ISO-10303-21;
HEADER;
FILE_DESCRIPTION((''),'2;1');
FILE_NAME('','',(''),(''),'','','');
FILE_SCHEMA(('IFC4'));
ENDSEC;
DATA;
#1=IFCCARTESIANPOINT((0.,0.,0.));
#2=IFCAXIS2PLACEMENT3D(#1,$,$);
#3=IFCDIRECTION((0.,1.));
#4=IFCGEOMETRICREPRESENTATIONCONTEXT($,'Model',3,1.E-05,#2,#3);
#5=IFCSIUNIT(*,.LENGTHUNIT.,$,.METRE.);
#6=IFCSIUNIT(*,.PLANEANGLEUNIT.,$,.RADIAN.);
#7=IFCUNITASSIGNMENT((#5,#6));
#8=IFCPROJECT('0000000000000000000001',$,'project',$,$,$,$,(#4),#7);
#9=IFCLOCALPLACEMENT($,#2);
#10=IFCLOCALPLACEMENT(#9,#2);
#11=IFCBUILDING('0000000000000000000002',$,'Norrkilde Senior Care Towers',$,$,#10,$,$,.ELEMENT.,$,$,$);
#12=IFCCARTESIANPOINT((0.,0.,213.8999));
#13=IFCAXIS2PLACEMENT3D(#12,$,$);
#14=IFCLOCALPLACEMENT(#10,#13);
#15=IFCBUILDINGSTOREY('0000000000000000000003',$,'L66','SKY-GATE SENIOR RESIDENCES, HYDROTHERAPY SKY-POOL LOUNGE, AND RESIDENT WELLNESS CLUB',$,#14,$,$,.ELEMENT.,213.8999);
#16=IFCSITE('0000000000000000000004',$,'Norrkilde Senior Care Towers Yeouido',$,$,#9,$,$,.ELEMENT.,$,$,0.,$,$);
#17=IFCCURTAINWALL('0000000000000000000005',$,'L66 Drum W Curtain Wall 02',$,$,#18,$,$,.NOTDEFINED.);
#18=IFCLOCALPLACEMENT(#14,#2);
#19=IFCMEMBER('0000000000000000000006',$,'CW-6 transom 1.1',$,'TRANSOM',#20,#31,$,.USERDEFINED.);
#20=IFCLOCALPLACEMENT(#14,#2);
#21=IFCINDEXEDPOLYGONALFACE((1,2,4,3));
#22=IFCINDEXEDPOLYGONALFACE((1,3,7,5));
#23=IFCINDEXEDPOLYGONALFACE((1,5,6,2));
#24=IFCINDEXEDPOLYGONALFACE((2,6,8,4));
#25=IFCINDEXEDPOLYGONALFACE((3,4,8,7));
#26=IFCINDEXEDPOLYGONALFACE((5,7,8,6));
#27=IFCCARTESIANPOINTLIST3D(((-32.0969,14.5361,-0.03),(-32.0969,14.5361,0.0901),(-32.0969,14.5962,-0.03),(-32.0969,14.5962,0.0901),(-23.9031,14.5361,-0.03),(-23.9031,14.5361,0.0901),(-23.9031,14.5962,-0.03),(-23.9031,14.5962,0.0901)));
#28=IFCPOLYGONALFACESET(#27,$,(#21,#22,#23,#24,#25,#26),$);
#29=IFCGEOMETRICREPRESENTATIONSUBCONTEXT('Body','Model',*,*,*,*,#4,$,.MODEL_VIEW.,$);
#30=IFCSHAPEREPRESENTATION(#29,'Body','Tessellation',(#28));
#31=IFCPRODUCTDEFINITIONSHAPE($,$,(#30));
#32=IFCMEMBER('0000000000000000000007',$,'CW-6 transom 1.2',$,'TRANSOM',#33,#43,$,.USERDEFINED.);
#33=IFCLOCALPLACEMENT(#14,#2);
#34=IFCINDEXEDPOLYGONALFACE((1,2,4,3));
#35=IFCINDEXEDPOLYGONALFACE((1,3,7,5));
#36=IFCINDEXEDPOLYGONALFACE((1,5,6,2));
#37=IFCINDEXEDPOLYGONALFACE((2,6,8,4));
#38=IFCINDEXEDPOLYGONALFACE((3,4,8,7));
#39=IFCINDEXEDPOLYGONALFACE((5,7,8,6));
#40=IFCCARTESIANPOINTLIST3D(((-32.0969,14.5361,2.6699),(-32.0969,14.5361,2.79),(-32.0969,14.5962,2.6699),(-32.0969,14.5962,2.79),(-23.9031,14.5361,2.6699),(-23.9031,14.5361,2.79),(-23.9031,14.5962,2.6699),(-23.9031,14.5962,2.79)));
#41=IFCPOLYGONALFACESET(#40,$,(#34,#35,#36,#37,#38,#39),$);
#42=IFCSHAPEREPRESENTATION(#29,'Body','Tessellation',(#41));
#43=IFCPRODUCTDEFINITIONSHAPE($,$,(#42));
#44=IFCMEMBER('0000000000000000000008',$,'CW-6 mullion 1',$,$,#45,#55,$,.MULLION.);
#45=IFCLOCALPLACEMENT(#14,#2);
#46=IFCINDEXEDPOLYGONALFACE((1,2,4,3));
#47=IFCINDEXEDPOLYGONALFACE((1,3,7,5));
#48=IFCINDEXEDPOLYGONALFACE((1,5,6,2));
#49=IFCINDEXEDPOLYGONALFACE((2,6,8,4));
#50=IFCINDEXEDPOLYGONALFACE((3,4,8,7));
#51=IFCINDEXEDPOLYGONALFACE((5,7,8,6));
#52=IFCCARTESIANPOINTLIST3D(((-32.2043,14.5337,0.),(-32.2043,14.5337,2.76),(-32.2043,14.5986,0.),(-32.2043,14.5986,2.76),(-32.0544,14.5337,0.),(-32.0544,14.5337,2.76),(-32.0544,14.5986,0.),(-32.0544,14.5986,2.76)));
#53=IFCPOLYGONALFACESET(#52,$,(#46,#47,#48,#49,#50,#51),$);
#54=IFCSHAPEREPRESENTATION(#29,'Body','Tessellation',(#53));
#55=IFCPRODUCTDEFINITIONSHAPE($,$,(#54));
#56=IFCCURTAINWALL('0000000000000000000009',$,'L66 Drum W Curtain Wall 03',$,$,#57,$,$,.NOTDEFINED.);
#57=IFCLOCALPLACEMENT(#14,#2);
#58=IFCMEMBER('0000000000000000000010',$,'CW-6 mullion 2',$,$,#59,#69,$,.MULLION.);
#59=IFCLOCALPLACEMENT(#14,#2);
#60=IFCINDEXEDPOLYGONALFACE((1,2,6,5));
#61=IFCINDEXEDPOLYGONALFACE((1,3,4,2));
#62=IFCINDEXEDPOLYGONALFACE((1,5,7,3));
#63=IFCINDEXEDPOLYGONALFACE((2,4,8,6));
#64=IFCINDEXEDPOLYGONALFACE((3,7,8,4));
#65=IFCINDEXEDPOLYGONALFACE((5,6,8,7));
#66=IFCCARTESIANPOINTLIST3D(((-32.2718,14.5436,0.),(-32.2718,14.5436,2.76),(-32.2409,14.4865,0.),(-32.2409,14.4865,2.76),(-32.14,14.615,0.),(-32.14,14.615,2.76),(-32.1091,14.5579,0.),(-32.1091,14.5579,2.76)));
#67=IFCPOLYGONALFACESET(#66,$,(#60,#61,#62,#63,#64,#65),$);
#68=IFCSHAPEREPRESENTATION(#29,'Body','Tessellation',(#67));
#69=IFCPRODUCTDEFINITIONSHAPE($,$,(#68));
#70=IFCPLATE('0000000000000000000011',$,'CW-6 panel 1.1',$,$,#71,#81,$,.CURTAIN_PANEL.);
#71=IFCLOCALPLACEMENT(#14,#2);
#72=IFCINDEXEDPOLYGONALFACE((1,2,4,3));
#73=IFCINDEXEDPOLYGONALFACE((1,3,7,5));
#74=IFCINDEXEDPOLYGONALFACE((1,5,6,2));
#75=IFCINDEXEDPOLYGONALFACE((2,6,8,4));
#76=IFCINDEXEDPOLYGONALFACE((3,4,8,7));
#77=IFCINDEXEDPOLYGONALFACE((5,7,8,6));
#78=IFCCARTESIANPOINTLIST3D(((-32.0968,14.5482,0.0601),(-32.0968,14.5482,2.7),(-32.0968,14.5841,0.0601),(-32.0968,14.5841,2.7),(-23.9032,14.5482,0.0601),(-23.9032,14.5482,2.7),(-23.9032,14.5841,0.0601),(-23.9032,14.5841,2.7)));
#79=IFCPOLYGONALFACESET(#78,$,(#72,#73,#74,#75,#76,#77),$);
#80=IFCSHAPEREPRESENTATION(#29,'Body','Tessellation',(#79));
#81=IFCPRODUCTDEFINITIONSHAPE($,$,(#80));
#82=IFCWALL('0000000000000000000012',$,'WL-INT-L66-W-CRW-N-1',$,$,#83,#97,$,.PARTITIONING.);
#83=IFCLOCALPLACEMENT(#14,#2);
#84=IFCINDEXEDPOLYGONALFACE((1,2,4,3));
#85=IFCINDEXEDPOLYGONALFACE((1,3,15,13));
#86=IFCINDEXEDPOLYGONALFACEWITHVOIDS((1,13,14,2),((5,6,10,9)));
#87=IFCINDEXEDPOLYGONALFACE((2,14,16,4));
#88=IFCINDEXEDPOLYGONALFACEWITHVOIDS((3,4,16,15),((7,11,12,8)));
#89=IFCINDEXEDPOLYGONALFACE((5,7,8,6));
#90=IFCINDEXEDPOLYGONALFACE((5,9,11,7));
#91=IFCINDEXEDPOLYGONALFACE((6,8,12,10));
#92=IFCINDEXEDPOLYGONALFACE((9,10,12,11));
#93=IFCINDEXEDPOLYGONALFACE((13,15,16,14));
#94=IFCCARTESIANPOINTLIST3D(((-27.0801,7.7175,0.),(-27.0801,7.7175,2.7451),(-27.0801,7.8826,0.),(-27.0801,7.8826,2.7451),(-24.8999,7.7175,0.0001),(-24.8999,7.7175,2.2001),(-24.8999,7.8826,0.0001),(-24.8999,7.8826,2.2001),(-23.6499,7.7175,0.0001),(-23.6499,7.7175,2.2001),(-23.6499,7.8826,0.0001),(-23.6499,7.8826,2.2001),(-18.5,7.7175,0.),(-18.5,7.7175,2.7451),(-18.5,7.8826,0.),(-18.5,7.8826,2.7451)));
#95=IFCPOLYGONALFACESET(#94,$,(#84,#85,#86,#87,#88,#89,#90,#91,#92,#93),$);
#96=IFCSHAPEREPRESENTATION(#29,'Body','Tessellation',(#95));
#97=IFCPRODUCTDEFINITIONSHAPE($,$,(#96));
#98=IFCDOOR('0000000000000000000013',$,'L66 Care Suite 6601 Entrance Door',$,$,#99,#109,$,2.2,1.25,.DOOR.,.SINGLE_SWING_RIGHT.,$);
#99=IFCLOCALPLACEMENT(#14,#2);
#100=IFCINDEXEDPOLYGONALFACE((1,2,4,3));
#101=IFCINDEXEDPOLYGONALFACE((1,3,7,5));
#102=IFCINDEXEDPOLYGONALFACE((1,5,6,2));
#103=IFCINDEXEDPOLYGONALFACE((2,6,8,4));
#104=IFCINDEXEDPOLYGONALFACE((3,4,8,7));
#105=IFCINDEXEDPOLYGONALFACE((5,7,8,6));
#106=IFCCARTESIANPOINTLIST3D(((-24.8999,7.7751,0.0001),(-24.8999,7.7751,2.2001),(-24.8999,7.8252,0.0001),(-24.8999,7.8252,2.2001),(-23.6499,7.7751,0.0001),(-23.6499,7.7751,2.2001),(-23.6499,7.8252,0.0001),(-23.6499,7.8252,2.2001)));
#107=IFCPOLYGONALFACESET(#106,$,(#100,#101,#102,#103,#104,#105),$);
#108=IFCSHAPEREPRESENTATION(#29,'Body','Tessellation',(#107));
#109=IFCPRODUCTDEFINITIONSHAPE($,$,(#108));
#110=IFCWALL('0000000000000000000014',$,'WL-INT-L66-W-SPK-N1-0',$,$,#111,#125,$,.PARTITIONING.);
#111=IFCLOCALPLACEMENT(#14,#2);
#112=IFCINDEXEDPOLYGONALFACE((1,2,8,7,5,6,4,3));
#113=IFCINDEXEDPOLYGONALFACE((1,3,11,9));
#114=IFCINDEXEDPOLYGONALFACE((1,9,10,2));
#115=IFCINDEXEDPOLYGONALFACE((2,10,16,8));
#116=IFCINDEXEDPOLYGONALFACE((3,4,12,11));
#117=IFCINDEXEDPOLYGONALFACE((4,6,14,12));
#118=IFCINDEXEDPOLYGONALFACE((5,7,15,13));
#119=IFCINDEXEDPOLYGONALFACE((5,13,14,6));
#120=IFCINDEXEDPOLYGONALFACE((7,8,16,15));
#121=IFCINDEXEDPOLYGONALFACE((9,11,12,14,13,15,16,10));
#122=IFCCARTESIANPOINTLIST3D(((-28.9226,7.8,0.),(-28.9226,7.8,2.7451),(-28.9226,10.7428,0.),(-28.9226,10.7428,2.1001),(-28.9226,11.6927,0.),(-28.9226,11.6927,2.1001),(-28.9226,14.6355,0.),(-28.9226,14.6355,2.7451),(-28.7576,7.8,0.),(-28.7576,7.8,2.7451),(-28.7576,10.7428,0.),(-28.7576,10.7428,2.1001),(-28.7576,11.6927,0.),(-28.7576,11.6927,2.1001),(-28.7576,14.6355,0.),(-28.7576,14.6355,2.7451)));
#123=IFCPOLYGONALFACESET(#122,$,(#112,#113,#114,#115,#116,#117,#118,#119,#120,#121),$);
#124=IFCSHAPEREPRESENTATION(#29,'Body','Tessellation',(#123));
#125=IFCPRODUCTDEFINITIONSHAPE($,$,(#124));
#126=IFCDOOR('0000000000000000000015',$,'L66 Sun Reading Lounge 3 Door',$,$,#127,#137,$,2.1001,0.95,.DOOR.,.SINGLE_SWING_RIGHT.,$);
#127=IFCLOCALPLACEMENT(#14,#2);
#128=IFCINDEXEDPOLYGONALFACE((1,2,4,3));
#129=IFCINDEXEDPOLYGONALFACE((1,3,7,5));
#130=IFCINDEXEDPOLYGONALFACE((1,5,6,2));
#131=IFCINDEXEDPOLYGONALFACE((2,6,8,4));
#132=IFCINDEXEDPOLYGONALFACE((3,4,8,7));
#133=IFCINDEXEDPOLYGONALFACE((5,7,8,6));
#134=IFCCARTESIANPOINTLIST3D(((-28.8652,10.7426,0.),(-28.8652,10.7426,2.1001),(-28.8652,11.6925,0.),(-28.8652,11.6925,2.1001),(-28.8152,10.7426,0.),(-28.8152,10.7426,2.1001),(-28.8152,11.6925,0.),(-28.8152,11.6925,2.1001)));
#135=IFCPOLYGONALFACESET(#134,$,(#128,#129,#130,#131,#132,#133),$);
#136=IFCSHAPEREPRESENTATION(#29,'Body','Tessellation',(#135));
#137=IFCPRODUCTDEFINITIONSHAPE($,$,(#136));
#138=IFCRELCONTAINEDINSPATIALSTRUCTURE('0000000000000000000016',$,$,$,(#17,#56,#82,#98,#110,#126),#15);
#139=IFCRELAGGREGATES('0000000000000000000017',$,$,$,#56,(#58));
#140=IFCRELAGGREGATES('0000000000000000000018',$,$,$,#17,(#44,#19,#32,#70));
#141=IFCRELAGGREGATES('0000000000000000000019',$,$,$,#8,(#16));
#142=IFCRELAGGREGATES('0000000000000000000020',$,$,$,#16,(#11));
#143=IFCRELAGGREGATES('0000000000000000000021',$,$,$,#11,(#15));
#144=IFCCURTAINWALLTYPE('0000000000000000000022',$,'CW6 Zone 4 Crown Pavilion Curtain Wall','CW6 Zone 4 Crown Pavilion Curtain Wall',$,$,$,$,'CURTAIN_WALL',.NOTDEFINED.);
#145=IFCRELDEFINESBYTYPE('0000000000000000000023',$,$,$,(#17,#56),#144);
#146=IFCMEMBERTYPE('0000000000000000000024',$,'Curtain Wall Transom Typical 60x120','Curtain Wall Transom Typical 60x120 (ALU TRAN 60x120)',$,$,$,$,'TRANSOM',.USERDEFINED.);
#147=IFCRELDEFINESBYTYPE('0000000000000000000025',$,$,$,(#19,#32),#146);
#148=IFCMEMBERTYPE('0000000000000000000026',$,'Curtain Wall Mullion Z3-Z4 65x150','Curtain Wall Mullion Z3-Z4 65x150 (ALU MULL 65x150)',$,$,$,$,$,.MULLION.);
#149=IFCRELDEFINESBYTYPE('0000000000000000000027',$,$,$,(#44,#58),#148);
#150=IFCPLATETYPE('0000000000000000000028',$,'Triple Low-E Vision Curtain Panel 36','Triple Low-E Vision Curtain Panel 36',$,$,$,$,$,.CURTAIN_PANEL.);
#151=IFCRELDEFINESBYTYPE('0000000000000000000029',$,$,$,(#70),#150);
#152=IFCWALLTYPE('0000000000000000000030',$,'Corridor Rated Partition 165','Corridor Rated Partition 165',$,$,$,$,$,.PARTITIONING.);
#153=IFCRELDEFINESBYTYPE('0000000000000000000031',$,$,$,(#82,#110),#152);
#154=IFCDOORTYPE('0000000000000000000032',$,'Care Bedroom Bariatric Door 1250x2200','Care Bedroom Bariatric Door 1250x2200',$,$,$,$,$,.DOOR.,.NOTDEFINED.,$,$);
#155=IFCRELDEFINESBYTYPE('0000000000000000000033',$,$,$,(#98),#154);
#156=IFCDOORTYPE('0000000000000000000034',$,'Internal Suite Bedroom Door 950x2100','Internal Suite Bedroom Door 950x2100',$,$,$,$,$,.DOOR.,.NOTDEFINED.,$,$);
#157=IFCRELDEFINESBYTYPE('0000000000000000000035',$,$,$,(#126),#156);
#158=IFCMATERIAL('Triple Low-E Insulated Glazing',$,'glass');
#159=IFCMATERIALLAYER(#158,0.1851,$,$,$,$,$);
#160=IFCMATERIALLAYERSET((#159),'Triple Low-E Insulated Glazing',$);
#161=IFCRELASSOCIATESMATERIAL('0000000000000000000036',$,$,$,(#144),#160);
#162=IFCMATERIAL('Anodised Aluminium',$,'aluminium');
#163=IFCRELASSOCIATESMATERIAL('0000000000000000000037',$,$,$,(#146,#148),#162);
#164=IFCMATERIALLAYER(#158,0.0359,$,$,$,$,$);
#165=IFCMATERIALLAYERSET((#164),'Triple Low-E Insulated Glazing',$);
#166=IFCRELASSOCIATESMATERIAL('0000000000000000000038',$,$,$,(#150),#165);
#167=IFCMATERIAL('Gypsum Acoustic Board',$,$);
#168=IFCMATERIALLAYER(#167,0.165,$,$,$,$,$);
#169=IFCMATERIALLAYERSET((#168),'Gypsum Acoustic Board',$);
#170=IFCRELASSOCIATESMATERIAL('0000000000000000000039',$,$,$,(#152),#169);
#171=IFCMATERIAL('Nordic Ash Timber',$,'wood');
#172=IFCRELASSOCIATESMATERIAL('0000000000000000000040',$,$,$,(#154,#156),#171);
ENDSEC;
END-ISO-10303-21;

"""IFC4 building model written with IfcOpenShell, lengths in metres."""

from ifc_helpers import new_model, si_unit, direction, frame, frame_2d, origin, origin_2d, place, context, subcontext, project, spatial, rectangle, extrude, source, transform, mapped, material, layer, layer_set, material_profile, profile_set, type_object, type_shapes, element, fill, aggregate, save


model = new_model("IFC4")

# Units and contexts
model_context = context("Model", 3, precision=1e-05, world=origin(), true_north=direction((0.0, 1.0)))
body_context = subcontext(model_context, "Body", "Model", "MODEL_VIEW")
ifc_project = project(units=[si_unit("LENGTHUNIT", "METRE"), si_unit("PLANEANGLEUNIT", "RADIAN")], contexts=[model_context])

# Site, building, storey
site_placement = place(None, origin())
site = spatial("IfcSite", under=ifc_project, at=site_placement, Name="Norrkilde Senior Care Towers Yeouido", CompositionType="ELEMENT", RefElevation=0.0)
building_placement = place(site_placement, origin())
building = spatial("IfcBuilding", under=site, at=building_placement, Name="Norrkilde Senior Care Towers", CompositionType="ELEMENT")
storey_placement = place(building_placement, frame((0.0, 0.0, 213.8999)))
storey = spatial("IfcBuildingStorey", under=building, at=storey_placement, Name="L66", Description="SKY-GATE SENIOR RESIDENCES, HYDROTHERAPY SKY-POOL LOUNGE, AND RESIDENT WELLNESS CLUB", CompositionType="ELEMENT", Elevation=213.8999)

# Curtain wall, members
ifc_material_1 = material(Name="Triple Low-E Insulated Glazing", Category="glass")
ifc_layer_1 = layer(ifc_material_1, 0.1851)
ifc_layer_set_1 = layer_set([ifc_layer_1], Name="Triple Low-E Insulated Glazing")
curtain_wall_type = type_object("IfcCurtainWallType", Name="CW6 Zone 4 Crown Pavilion Curtain Wall", Description="CW6 Zone 4 Crown Pavilion Curtain Wall", ElementType="CURTAIN_WALL", PredefinedType="NOTDEFINED", material=ifc_layer_set_1)
curtain_wall_1_placement = place(storey_placement, origin())
curtain_wall_1 = element("IfcCurtainWall", 1, at=curtain_wall_1_placement, inside=storey, type_object=curtain_wall_type, Name="L66 Drum W Curtain Wall 02", PredefinedType="NOTDEFINED")
ifc_material_2 = material(Name="Anodised Aluminium", Category="aluminium")
ifc_material_profile_1 = material_profile(ifc_material_2, rectangle(XDim=0.0601, YDim=0.1201, at=origin_2d()), Name="ALU TRAN 60x120")
ifc_profile_set_1 = profile_set([ifc_material_profile_1], Name="Anodised Aluminium")
member_type_1 = type_object("IfcMemberType", Name="Curtain Wall Transom Typical 60x120", Description="Curtain Wall Transom Typical 60x120 (ALU TRAN 60x120)", ElementType="TRANSOM", PredefinedType="USERDEFINED", material=ifc_profile_set_1)
shared_shape_1 = source(origin(), body_context, "Body", "SweptSolid", [
    extrude(rectangle(XDim=0.0601, YDim=0.1201, at=origin_2d()), origin(), (0.0, 0.0, 1.0), 8.1938),
])
type_shapes(member_type_1, [shared_shape_1])
member_1_placement = place(storey_placement, frame((-32.0969, 14.5662, 0.03), z_axis=(1.0, 0.0, 0.0), x_axis=(0.0, 1.0, 0.0)))
member_1 = element("IfcMember", 2, at=member_1_placement, type_object=member_type_1, Name="CW-6 transom 1.1", ObjectType="TRANSOM", PredefinedType="USERDEFINED", context=body_context, shape_type="MappedRepresentation", body=[
    mapped(shared_shape_1, transform((0.0, 0.0, 0.0), x_axis=(1.0, 0.0, 0.0), y_axis=(0.0, 1.0, 0.0), z_axis=(0.0, 0.0, 1.0), scale=1.0)),
])
member_2_placement = place(storey_placement, frame((-32.0969, 14.5662, 2.73), z_axis=(1.0, 0.0, 0.0), x_axis=(0.0, 1.0, 0.0)))
member_2 = element("IfcMember", 3, at=member_2_placement, type_object=member_type_1, Name="CW-6 transom 1.2", ObjectType="TRANSOM", PredefinedType="USERDEFINED", context=body_context, shape_type="MappedRepresentation", body=[
    mapped(shared_shape_1, transform((0.0, 0.0, 0.0), x_axis=(1.0, 0.0, 0.0), y_axis=(0.0, 1.0, 0.0), z_axis=(0.0, 0.0, 1.0), scale=1.0)),
])
ifc_material_profile_2 = material_profile(ifc_material_2, rectangle(XDim=0.0649, YDim=0.1499, at=origin_2d()), Name="ALU MULL 65x150")
ifc_profile_set_2 = profile_set([ifc_material_profile_2], Name="Anodised Aluminium")
member_type_2 = type_object("IfcMemberType", Name="Curtain Wall Mullion Z3-Z4 65x150", Description="Curtain Wall Mullion Z3-Z4 65x150 (ALU MULL 65x150)", PredefinedType="MULLION", material=ifc_profile_set_2)
shared_shape_2 = source(origin(), body_context, "Body", "SweptSolid", [
    extrude(rectangle(XDim=0.0649, YDim=0.1499, at=origin_2d()), origin(), (0.0, 0.0, 1.0), 2.76),
])
type_shapes(member_type_2, [shared_shape_2])
member_3_placement = place(storey_placement, frame((-32.1294, 14.5662, 0.0), z_axis=(0.0, 0.0, 1.0), x_axis=(0.0, 1.0, 0.0)))
member_3 = element("IfcMember", 4, at=member_3_placement, type_object=member_type_2, Name="CW-6 mullion 1", PredefinedType="MULLION", context=body_context, shape_type="MappedRepresentation", body=[
    mapped(shared_shape_2, transform((0.0, 0.0, 0.0), x_axis=(1.0, 0.0, 0.0), y_axis=(0.0, 1.0, 0.0), z_axis=(0.0, 0.0, 1.0), scale=1.0)),
])

# Curtain wall, member
curtain_wall_2_placement = place(storey_placement, origin())
curtain_wall_2 = element("IfcCurtainWall", 5, at=curtain_wall_2_placement, inside=storey, type_object=curtain_wall_type, Name="L66 Drum W Curtain Wall 03", PredefinedType="NOTDEFINED")
member_4_placement = place(storey_placement, frame((-32.1904, 14.5508, 0.0), z_axis=(0.0, 0.0, 1.0), x_axis=(-0.476133, 0.879373, 0.0)))
member_4 = element("IfcMember", 6, at=member_4_placement, type_object=member_type_2, Name="CW-6 mullion 2", PredefinedType="MULLION", context=body_context, shape_type="MappedRepresentation", body=[
    mapped(shared_shape_2, transform((0.0, 0.0, 0.0), x_axis=(1.0, 0.0, 0.0), y_axis=(0.0, 1.0, 0.0), z_axis=(0.0, 0.0, 1.0), scale=1.0)),
])
aggregate(curtain_wall_2, [member_4])

# Plate
ifc_layer_2 = layer(ifc_material_1, 0.0359)
ifc_layer_set_2 = layer_set([ifc_layer_2], Name="Triple Low-E Insulated Glazing")
plate_type = type_object("IfcPlateType", Name="Triple Low-E Vision Curtain Panel 36", Description="Triple Low-E Vision Curtain Panel 36", PredefinedType="CURTAIN_PANEL", material=ifc_layer_set_2)
shared_shape_3 = source(origin(), body_context, "Body", "SweptSolid", [
    extrude(rectangle(XDim=8.1936, YDim=0.0359, at=origin_2d()), origin(), (0.0, 0.0, 1.0), 2.6399),
])
type_shapes(plate_type, [shared_shape_3])
plate_placement = place(storey_placement, frame((-28.0, 14.5662, 0.0601), z_axis=(0.0, 0.0, 1.0), x_axis=(1.0, 0.0, 0.0)))
plate = element("IfcPlate", 7, at=plate_placement, type_object=plate_type, Name="CW-6 panel 1.1", PredefinedType="CURTAIN_PANEL", context=body_context, shape_type="MappedRepresentation", body=[
    mapped(shared_shape_3, transform((0.0, 0.0, 0.0), x_axis=(1.0, 0.0, 0.0), y_axis=(0.0, 1.0, 0.0), z_axis=(0.0, 0.0, 1.0), scale=1.0)),
])
aggregate(curtain_wall_1, [member_3, member_1, member_2, plate])

# Walls, openings, doors
ifc_material_3 = material(Name="Gypsum Acoustic Board")
ifc_layer_3 = layer(ifc_material_3, 0.165)
ifc_layer_set_3 = layer_set([ifc_layer_3], Name="Gypsum Acoustic Board")
wall_type = type_object("IfcWallType", Name="Corridor Rated Partition 165", Description="Corridor Rated Partition 165", PredefinedType="PARTITIONING", material=ifc_layer_set_3)
shared_shape_4 = source(origin(), body_context, "Body", "SweptSolid", [
    extrude(rectangle(XDim=8.5801, YDim=0.165, at=frame_2d((4.29, 0.0))), origin(), (0.0, 0.0, 1.0), 2.7451),
])
wall_1_placement = place(storey_placement, frame((-27.0801, 7.8, 0.0), z_axis=(0.0, 0.0, 1.0), x_axis=(1.0, 0.0, 0.0)))
wall_1 = element("IfcWall", 8, at=wall_1_placement, inside=storey, type_object=wall_type, Name="WL-INT-L66-W-CRW-N-1", PredefinedType="PARTITIONING", context=body_context, shape_type="MappedRepresentation", body=[
    mapped(shared_shape_4, transform((0.0, 0.0, 0.0), x_axis=(1.0, 0.0, 0.0), y_axis=(0.0, 1.0, 0.0), z_axis=(0.0, 0.0, 1.0), scale=1.0)),
])
opening_1_placement = place(wall_1_placement, frame((2.1802, 0.0, 0.0)))
opening_1 = element("IfcOpeningElement", 9, at=opening_1_placement, cuts=wall_1, PredefinedType="OPENING", context=body_context, shape_type="SweptSolid", body=[
    extrude(rectangle(XDim=1.25, YDim=2.2, at=frame_2d((0.625, 1.1001))), frame((0.0, 0.0925, 0.0), z_axis=(0.0, -1.0, 0.0), x_axis=(1.0, 0.0, 0.0)), (0.0, 0.0, 1.0), 0.1851),
])
ifc_material_4 = material(Name="Nordic Ash Timber", Category="wood")
door_type_1 = type_object("IfcDoorType", Name="Care Bedroom Bariatric Door 1250x2200", Description="Care Bedroom Bariatric Door 1250x2200", OperationType="NOTDEFINED", PredefinedType="DOOR", material=ifc_material_4)
shared_shape_5 = source(origin(), body_context, "Body", "SweptSolid", [
    extrude(rectangle(XDim=1.25, YDim=2.2, at=frame_2d((0.625, 1.1001))), frame((0.0, 0.0249, 0.0), z_axis=(0.0, -1.0, 0.0), x_axis=(1.0, 0.0, 0.0)), (0.0, 0.0, 1.0), 0.05),
])
type_shapes(door_type_1, [shared_shape_5])
door_1_placement = place(opening_1_placement, frame((1.25, 0.0, 0.0), z_axis=(0.0, 0.0, 1.0), x_axis=(-1.0, 0.0, 0.0)))
door_1 = element("IfcDoor", 10, at=door_1_placement, inside=storey, type_object=door_type_1, Name="L66 Care Suite 6601 Entrance Door", OperationType="SINGLE_SWING_RIGHT", OverallHeight=2.2, OverallWidth=1.25, PredefinedType="DOOR", context=body_context, shape_type="MappedRepresentation", body=[
    mapped(shared_shape_5, transform((0.0, 0.0, 0.0), x_axis=(1.0, 0.0, 0.0), y_axis=(0.0, 1.0, 0.0), z_axis=(0.0, 0.0, 1.0), scale=1.0)),
])
fill(opening_1, door_1)
shared_shape_6 = source(origin(), body_context, "Body", "SweptSolid", [
    extrude(rectangle(XDim=6.8354, YDim=0.165, at=frame_2d((3.4177, 0.0))), origin(), (0.0, 0.0, 1.0), 2.7451),
])
wall_2_placement = place(storey_placement, frame((-28.8401, 7.8, 0.0), z_axis=(0.0, 0.0, 1.0), x_axis=(0.0, 1.0, 0.0)))
wall_2 = element("IfcWall", 11, at=wall_2_placement, inside=storey, type_object=wall_type, Name="WL-INT-L66-W-SPK-N1-0", PredefinedType="PARTITIONING", context=body_context, shape_type="MappedRepresentation", body=[
    mapped(shared_shape_6, transform((0.0, 0.0, 0.0), x_axis=(1.0, 0.0, 0.0), y_axis=(0.0, 1.0, 0.0), z_axis=(0.0, 0.0, 1.0), scale=1.0)),
])
opening_2_placement = place(wall_2_placement, frame((2.9426, 0.0, 0.0)))
opening_2 = element("IfcOpeningElement", 12, at=opening_2_placement, cuts=wall_2, PredefinedType="OPENING", context=body_context, shape_type="SweptSolid", body=[
    extrude(rectangle(XDim=0.95, YDim=2.1001, at=frame_2d((0.4751, 1.05))), frame((0.0, 0.0925, 0.0), z_axis=(0.0, -1.0, 0.0), x_axis=(1.0, 0.0, 0.0)), (0.0, 0.0, 1.0), 0.1851),
])
door_type_2 = type_object("IfcDoorType", Name="Internal Suite Bedroom Door 950x2100", Description="Internal Suite Bedroom Door 950x2100", OperationType="NOTDEFINED", PredefinedType="DOOR", material=ifc_material_4)
shared_shape_7 = source(origin(), body_context, "Body", "SweptSolid", [
    extrude(rectangle(XDim=0.95, YDim=2.1001, at=frame_2d((0.4751, 1.05))), frame((0.0, 0.0249, 0.0), z_axis=(0.0, -1.0, 0.0), x_axis=(1.0, 0.0, 0.0)), (0.0, 0.0, 1.0), 0.05),
])
type_shapes(door_type_2, [shared_shape_7])
door_2_placement = place(opening_2_placement, frame((0.95, 0.0, 0.0), z_axis=(0.0, 0.0, 1.0), x_axis=(-1.0, 0.0, 0.0)))
door_2 = element("IfcDoor", 13, at=door_2_placement, inside=storey, type_object=door_type_2, Name="L66 Sun Reading Lounge 3 Door", OperationType="SINGLE_SWING_RIGHT", OverallHeight=2.1001, OverallWidth=0.95, PredefinedType="DOOR", context=body_context, shape_type="MappedRepresentation", body=[
    mapped(shared_shape_7, transform((0.0, 0.0, 0.0), x_axis=(1.0, 0.0, 0.0), y_axis=(0.0, 1.0, 0.0), z_axis=(0.0, 0.0, 1.0), scale=1.0)),
])
fill(opening_2, door_2)

save(model, "model.ifc")
